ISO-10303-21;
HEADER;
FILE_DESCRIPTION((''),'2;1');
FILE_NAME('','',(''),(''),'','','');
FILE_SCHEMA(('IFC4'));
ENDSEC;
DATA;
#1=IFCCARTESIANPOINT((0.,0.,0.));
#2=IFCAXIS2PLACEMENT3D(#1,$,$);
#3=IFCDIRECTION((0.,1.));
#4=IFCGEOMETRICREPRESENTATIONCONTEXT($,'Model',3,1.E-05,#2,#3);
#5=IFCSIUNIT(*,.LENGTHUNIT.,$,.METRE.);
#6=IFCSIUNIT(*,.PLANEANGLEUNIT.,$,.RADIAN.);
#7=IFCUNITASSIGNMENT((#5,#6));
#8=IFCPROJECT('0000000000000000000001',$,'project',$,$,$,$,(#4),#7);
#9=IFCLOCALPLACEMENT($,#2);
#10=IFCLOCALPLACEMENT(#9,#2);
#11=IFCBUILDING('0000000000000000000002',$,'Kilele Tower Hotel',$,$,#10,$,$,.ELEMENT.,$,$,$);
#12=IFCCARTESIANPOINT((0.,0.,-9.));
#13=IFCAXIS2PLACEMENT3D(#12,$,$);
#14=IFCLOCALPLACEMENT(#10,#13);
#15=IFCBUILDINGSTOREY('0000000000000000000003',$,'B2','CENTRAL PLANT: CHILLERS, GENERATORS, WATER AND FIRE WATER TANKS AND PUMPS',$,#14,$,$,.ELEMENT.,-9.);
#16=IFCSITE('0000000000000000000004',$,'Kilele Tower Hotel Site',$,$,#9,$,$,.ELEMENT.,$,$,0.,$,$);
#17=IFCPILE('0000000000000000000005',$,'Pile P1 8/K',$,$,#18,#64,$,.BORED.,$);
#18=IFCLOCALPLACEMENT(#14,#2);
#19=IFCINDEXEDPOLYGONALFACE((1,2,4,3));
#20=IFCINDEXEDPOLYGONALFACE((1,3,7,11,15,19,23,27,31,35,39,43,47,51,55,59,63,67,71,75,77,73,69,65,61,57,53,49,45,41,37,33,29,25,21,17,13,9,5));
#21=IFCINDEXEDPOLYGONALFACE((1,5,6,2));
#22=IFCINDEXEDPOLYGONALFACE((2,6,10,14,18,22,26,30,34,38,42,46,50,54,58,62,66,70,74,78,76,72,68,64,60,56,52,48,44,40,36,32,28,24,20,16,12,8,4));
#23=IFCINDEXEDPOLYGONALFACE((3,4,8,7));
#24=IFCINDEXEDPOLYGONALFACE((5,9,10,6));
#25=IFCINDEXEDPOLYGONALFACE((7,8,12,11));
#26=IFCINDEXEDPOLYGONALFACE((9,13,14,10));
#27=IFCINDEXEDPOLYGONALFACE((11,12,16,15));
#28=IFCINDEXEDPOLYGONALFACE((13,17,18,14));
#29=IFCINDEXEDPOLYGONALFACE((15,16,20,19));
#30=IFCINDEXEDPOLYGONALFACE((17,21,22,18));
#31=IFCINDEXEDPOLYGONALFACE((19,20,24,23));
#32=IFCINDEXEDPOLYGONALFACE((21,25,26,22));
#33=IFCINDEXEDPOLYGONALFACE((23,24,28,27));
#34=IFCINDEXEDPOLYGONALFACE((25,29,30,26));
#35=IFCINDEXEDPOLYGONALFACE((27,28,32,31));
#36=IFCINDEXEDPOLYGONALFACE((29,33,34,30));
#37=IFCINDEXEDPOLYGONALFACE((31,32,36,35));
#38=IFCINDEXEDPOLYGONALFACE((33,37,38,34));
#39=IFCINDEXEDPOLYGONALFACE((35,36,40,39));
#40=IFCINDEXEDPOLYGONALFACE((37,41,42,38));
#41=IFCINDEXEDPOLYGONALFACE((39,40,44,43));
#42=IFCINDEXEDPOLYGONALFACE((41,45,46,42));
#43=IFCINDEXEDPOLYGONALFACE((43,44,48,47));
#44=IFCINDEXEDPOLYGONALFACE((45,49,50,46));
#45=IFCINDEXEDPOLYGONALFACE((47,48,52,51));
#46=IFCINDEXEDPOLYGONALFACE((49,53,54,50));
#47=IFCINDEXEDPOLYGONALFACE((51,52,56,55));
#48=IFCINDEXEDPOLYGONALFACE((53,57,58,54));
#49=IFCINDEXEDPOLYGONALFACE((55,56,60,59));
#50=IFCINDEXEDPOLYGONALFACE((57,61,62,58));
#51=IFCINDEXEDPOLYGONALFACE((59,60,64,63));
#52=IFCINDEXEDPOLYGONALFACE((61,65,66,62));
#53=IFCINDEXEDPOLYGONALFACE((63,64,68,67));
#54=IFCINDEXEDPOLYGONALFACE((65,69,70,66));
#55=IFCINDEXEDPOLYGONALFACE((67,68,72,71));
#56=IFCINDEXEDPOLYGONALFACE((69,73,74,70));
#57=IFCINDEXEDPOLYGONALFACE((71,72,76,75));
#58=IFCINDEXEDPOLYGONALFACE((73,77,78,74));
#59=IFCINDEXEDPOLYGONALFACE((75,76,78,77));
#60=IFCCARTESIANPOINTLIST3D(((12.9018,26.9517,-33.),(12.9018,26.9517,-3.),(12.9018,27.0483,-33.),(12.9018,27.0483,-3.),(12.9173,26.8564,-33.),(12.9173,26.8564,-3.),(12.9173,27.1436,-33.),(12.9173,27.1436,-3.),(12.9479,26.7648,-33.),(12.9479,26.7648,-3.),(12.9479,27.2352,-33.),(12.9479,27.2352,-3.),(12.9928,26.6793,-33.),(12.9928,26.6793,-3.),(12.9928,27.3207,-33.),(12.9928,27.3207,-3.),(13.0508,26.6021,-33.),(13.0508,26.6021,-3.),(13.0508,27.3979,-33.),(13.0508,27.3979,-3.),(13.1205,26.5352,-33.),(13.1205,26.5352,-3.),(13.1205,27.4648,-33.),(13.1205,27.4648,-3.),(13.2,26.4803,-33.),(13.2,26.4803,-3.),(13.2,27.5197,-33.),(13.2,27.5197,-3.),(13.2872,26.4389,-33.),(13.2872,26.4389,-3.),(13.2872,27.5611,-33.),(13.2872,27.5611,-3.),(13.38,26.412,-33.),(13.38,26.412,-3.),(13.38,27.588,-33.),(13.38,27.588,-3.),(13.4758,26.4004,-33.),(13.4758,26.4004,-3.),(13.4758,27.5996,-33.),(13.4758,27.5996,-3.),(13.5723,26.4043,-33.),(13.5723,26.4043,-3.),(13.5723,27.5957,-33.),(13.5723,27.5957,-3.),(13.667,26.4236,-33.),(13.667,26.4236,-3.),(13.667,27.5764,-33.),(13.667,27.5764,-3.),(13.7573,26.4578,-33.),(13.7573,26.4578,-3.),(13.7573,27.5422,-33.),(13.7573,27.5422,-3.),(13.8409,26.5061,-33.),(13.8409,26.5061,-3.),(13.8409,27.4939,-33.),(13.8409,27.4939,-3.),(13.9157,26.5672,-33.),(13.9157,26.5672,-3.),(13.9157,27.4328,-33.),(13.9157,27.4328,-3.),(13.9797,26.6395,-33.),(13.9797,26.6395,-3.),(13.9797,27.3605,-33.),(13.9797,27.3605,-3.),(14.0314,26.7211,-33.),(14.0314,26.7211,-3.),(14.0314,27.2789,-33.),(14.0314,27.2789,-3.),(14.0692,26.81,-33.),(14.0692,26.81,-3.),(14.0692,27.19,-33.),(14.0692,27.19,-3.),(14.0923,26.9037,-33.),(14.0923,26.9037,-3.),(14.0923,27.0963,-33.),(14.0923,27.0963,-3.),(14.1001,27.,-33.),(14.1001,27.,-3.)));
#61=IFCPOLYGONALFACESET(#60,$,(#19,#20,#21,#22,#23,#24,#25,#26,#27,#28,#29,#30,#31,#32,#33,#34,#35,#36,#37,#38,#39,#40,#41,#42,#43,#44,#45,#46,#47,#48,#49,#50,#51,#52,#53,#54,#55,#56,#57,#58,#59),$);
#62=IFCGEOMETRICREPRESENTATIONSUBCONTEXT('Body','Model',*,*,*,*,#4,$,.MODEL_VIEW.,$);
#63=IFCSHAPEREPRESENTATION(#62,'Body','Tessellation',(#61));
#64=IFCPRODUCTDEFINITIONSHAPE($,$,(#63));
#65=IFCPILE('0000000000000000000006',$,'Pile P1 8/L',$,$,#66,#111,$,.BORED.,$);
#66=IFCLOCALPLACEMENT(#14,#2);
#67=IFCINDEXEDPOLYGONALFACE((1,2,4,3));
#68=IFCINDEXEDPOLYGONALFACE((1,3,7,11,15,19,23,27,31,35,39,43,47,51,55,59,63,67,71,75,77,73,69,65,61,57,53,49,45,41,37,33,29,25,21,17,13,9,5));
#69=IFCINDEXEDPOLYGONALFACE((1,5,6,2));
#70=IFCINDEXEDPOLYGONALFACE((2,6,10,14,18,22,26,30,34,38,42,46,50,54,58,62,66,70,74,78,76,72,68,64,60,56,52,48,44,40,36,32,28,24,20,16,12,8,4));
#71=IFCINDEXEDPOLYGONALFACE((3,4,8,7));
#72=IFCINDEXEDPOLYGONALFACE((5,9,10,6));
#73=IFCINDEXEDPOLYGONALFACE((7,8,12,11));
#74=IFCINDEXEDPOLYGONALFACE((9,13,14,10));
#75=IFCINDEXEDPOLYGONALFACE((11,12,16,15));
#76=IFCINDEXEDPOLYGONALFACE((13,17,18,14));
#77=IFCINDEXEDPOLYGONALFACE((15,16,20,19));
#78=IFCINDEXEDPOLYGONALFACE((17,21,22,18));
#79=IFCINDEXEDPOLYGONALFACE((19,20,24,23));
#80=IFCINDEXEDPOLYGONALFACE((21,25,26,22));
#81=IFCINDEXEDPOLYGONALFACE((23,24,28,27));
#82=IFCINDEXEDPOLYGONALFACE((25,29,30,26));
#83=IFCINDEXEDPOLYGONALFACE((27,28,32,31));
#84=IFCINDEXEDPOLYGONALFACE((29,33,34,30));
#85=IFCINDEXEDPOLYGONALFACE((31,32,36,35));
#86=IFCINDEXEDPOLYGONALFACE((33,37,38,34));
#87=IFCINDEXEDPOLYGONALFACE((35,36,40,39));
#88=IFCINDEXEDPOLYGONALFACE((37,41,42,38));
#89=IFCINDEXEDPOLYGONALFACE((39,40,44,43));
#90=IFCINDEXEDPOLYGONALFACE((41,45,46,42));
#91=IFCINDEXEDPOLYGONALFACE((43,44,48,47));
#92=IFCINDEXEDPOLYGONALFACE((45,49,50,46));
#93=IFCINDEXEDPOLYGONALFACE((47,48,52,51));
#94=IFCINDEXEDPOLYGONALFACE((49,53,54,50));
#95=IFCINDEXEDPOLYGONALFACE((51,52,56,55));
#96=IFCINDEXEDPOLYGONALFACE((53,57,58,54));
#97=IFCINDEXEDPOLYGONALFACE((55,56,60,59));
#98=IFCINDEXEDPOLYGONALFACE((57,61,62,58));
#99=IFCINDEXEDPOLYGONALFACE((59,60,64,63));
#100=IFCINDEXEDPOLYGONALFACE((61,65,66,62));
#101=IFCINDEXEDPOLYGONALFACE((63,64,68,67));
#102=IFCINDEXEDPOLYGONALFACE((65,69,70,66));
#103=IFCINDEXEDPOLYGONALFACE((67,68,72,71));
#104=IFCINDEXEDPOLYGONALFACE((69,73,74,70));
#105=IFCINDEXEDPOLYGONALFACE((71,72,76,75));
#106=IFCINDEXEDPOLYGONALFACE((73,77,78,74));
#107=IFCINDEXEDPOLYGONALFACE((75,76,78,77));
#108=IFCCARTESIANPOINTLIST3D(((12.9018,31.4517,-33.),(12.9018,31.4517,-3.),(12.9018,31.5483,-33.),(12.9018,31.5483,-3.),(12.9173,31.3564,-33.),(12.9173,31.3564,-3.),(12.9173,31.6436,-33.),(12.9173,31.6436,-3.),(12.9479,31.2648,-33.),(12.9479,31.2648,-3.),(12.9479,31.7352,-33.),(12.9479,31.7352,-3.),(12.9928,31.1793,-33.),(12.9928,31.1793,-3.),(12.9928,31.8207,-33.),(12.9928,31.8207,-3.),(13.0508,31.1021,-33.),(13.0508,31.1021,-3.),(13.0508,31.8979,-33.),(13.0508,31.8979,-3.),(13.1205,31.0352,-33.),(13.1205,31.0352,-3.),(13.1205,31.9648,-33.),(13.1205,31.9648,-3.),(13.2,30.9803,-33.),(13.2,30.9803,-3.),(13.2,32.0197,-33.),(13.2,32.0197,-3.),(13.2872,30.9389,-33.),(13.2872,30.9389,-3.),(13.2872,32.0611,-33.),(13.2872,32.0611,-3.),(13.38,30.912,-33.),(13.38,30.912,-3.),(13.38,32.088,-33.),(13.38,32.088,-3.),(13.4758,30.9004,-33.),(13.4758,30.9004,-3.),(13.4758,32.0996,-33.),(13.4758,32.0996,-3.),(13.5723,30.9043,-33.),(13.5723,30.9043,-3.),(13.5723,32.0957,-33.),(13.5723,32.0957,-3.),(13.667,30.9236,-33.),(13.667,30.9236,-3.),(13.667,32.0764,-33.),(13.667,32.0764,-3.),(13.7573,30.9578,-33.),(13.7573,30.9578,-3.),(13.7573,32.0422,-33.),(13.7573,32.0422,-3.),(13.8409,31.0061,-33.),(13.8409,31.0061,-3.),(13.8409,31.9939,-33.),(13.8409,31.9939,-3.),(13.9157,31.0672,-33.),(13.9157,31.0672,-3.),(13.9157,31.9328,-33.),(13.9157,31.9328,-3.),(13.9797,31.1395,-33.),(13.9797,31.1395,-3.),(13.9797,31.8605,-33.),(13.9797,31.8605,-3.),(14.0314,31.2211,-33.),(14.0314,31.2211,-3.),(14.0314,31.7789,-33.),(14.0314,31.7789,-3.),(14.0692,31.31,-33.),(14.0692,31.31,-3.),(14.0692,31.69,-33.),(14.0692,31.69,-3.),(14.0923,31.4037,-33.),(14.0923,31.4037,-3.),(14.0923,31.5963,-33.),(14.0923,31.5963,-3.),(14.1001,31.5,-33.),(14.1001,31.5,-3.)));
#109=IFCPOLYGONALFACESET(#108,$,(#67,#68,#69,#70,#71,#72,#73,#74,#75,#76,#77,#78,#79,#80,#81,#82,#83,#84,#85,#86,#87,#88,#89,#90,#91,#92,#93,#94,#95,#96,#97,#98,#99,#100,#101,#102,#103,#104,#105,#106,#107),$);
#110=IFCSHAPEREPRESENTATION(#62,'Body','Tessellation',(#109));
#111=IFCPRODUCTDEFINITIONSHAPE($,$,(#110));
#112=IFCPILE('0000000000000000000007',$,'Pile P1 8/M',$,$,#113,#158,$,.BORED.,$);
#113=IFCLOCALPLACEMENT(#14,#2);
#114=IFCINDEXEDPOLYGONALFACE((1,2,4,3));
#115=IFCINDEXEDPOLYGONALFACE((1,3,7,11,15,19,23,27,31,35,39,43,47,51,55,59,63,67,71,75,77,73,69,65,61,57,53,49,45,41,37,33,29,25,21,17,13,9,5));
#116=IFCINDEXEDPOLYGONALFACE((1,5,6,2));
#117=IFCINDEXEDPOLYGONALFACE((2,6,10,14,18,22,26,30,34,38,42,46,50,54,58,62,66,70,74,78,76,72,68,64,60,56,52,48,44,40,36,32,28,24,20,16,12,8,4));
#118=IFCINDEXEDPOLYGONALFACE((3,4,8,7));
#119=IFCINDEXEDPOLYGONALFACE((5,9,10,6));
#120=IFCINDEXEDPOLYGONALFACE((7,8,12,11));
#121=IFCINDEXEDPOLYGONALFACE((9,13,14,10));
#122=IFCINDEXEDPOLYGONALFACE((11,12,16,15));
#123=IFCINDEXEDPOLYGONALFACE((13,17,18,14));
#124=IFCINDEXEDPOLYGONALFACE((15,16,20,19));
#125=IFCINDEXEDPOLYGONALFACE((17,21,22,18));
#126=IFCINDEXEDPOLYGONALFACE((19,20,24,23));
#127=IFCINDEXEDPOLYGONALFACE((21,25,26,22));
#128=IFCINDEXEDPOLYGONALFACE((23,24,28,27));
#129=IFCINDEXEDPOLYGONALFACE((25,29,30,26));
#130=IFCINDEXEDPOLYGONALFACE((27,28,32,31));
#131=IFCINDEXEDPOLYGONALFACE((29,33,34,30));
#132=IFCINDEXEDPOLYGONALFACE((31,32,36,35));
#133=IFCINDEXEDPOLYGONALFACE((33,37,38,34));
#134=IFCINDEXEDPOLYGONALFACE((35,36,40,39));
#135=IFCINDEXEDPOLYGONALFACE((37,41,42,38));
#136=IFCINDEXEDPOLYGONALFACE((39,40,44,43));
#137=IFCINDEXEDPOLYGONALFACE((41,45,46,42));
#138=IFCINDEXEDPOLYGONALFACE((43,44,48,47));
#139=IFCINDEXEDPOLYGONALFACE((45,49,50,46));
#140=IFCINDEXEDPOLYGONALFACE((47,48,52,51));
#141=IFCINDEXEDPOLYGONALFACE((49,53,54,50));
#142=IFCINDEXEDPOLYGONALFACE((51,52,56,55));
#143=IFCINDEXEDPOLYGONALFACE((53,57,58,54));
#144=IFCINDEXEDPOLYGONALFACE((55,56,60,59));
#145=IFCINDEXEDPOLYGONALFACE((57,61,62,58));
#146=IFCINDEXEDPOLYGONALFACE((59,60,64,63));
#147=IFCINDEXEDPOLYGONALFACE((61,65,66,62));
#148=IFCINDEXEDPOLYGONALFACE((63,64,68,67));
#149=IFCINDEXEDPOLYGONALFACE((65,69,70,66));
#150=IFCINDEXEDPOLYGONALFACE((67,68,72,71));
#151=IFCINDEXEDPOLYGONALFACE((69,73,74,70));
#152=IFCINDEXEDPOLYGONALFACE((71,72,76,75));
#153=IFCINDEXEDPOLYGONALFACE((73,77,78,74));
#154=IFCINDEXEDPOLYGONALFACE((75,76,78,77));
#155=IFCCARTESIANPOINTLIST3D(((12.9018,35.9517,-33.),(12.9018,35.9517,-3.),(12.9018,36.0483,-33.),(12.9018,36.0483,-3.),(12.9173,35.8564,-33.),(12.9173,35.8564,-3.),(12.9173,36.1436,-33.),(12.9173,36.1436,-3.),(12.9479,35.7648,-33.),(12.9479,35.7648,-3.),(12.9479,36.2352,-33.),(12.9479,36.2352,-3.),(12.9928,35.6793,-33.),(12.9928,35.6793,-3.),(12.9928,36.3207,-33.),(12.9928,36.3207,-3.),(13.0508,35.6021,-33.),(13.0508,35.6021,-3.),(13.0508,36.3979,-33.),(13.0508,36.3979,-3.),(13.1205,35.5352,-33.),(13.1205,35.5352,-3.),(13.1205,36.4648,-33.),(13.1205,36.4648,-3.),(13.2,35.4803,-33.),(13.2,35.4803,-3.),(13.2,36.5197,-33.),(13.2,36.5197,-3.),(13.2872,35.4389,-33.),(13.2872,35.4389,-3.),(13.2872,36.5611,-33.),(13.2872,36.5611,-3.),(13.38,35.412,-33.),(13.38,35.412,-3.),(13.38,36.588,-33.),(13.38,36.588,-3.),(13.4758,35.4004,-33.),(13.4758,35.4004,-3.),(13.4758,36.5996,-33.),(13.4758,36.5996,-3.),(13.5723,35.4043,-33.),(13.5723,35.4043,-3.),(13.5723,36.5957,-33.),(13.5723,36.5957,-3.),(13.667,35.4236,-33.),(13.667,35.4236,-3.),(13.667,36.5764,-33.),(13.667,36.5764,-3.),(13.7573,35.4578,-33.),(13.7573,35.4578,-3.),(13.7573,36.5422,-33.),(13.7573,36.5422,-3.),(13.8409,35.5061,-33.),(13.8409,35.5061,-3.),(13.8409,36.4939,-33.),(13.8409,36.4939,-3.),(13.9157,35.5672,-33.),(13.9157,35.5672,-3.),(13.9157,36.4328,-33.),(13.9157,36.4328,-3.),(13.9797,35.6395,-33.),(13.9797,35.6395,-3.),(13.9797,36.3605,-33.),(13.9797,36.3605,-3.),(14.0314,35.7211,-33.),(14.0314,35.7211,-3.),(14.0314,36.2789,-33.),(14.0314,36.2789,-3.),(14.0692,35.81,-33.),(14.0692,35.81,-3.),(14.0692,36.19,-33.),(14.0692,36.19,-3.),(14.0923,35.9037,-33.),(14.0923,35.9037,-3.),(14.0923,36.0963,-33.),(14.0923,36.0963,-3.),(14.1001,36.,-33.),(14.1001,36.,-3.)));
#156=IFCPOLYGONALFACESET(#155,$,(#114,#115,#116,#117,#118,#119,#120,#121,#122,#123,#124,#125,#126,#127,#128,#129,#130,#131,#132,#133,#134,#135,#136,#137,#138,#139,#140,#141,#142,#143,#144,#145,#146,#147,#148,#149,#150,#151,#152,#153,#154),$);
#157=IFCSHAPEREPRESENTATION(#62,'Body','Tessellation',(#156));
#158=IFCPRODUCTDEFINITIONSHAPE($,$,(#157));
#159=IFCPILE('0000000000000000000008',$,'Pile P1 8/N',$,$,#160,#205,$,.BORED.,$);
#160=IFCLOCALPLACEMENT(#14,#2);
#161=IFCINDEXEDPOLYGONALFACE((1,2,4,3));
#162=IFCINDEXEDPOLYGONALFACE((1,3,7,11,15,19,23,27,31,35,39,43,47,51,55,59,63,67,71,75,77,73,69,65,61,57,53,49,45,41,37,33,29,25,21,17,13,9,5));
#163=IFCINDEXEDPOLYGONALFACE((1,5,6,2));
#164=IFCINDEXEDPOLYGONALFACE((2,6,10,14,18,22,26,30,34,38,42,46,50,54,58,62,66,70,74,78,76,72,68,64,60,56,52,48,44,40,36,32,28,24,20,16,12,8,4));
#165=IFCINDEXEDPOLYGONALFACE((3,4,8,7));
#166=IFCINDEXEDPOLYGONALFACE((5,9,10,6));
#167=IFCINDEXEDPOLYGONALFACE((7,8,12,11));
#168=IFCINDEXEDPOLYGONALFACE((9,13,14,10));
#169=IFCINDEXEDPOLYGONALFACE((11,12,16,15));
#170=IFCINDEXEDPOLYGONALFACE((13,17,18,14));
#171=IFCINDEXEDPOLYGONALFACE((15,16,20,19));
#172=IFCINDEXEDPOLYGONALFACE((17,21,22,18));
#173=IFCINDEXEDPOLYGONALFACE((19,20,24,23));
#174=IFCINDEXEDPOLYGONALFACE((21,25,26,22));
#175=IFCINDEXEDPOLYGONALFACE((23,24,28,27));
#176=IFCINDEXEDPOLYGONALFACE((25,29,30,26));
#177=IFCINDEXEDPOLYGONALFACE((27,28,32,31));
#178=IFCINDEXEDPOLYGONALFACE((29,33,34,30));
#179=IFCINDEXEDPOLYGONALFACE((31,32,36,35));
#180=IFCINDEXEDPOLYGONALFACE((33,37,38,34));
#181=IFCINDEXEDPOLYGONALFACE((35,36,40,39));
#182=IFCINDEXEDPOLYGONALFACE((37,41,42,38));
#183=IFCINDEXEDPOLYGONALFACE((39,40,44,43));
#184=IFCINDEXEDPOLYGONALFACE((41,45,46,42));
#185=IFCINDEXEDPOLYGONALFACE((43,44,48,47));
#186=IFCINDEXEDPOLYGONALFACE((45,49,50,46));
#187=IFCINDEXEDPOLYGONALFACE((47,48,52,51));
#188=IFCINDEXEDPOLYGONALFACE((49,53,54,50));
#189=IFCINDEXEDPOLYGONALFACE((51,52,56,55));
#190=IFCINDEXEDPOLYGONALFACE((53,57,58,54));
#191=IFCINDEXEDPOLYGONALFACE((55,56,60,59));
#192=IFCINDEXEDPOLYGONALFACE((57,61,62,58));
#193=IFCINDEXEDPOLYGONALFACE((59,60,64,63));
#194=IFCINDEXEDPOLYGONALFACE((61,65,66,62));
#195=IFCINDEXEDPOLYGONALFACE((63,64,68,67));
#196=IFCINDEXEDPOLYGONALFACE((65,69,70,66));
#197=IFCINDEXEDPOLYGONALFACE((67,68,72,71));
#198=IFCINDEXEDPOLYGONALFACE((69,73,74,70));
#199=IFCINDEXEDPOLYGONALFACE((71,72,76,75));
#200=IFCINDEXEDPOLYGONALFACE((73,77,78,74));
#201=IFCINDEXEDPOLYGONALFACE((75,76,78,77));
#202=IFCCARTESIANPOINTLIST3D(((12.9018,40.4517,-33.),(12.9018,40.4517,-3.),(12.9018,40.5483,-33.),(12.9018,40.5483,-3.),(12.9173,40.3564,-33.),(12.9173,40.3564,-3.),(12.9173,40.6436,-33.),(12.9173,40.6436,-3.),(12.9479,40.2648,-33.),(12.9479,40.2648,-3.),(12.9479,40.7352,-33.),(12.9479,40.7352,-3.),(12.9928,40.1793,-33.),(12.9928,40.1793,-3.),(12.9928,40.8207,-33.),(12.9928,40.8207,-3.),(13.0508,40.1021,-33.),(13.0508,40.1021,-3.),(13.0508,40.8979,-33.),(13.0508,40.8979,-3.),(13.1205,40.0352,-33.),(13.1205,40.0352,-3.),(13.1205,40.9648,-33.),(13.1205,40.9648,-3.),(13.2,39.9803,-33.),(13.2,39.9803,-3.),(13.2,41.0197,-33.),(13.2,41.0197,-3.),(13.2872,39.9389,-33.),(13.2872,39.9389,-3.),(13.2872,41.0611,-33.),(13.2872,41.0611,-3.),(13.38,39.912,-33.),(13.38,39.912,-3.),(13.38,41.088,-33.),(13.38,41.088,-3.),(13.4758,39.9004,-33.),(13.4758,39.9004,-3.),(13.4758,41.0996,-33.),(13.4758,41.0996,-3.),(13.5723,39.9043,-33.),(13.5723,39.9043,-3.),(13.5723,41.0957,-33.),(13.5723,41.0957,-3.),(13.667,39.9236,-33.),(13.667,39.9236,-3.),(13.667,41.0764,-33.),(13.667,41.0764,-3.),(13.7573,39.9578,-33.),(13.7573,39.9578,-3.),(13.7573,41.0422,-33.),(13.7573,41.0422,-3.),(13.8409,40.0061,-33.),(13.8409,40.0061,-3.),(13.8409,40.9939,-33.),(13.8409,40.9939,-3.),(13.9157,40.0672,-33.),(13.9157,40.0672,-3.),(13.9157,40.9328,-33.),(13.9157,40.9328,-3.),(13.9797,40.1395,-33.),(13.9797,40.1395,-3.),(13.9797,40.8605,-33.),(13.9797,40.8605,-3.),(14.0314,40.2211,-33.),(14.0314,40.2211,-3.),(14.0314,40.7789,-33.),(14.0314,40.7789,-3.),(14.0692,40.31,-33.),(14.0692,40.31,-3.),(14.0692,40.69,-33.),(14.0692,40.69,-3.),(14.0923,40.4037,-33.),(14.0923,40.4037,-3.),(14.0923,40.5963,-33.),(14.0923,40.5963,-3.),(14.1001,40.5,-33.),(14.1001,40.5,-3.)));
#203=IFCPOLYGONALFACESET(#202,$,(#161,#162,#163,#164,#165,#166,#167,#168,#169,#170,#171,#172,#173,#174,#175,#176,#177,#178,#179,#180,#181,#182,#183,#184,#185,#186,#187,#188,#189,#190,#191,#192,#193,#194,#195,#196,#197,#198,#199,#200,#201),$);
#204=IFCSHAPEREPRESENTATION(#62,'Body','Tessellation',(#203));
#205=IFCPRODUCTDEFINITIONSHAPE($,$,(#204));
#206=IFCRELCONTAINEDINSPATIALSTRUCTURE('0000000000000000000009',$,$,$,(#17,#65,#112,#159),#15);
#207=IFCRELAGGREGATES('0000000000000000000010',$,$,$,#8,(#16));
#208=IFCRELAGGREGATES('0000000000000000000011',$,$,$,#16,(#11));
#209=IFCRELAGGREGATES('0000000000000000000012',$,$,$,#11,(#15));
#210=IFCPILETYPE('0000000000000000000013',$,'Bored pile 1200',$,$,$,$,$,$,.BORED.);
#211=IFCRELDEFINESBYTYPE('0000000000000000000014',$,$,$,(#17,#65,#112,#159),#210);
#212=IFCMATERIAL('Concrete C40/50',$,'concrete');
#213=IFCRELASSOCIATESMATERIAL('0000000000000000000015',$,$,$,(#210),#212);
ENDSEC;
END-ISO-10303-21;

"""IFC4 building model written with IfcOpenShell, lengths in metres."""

from ifc_helpers import new_model, si_unit, direction, frame, origin, origin_2d, place, context, subcontext, project, spatial, circle, extrude, material, material_profile, profile_set, type_object, element, save


model = new_model("IFC4")

# Units and contexts
model_context = context("Model", 3, precision=1e-05, world=origin(), true_north=direction((0.0, 1.0)))
body_context = subcontext(model_context, "Body", "Model", "MODEL_VIEW")
ifc_project = project(units=[si_unit("LENGTHUNIT", "METRE"), si_unit("PLANEANGLEUNIT", "RADIAN")], contexts=[model_context])

# Site, building, storey
site_placement = place(None, origin())
site = spatial("IfcSite", under=ifc_project, at=site_placement, Name="Kilele Tower Hotel Site", CompositionType="ELEMENT", RefElevation=0.0)
building_placement = place(site_placement, origin())
building = spatial("IfcBuilding", under=site, at=building_placement, Name="Kilele Tower Hotel", CompositionType="ELEMENT")
storey_placement = place(building_placement, frame((0.0, 0.0, -9.0)))
storey = spatial("IfcBuildingStorey", under=building, at=storey_placement, Name="B2", Description="CENTRAL PLANT: CHILLERS, GENERATORS, WATER AND FIRE WATER TANKS AND PUMPS", CompositionType="ELEMENT", Elevation=-9.0)

# Piles
ifc_material_1 = material(Name="Concrete C40/50", Category="concrete")
ifc_material_profile_1 = material_profile(ifc_material_1, circle(Radius=0.6001, at=origin_2d()))
ifc_profile_set_1 = profile_set([ifc_material_profile_1], Name="Concrete C40/50")
pile_type = type_object("IfcPileType", Name="Bored pile 1200", PredefinedType="BORED", material=ifc_profile_set_1)
for number, where, z_axis, x_axis, name in (
    (1, (13.5, 27.0, -3.0), (0.0, 0.0, -1.0), (1.0, 0.0, 0.0), "Pile P1 8/K"),
    (2, (13.5, 31.5, -3.0), (0.0, 0.0, -1.0), (1.0, 0.0, 0.0), "Pile P1 8/L"),
    (3, (13.5, 36.0, -3.0), (0.0, 0.0, -1.0), (1.0, 0.0, 0.0), "Pile P1 8/M"),
    (4, (13.5, 40.5, -3.0), (0.0, 0.0, -1.0), (1.0, 0.0, 0.0), "Pile P1 8/N"),
):
    element("IfcPile", number, at=place(storey_placement, frame(where, z_axis=z_axis, x_axis=x_axis)), inside=storey, type_object=pile_type, Name=name, PredefinedType="BORED", context=body_context, shape_type="SweptSolid", body=[
        extrude(circle(Radius=0.6001, at=origin_2d()), origin(), (0.0, 0.0, 1.0), 30.0),
    ])

save(model, "model.ifc")
